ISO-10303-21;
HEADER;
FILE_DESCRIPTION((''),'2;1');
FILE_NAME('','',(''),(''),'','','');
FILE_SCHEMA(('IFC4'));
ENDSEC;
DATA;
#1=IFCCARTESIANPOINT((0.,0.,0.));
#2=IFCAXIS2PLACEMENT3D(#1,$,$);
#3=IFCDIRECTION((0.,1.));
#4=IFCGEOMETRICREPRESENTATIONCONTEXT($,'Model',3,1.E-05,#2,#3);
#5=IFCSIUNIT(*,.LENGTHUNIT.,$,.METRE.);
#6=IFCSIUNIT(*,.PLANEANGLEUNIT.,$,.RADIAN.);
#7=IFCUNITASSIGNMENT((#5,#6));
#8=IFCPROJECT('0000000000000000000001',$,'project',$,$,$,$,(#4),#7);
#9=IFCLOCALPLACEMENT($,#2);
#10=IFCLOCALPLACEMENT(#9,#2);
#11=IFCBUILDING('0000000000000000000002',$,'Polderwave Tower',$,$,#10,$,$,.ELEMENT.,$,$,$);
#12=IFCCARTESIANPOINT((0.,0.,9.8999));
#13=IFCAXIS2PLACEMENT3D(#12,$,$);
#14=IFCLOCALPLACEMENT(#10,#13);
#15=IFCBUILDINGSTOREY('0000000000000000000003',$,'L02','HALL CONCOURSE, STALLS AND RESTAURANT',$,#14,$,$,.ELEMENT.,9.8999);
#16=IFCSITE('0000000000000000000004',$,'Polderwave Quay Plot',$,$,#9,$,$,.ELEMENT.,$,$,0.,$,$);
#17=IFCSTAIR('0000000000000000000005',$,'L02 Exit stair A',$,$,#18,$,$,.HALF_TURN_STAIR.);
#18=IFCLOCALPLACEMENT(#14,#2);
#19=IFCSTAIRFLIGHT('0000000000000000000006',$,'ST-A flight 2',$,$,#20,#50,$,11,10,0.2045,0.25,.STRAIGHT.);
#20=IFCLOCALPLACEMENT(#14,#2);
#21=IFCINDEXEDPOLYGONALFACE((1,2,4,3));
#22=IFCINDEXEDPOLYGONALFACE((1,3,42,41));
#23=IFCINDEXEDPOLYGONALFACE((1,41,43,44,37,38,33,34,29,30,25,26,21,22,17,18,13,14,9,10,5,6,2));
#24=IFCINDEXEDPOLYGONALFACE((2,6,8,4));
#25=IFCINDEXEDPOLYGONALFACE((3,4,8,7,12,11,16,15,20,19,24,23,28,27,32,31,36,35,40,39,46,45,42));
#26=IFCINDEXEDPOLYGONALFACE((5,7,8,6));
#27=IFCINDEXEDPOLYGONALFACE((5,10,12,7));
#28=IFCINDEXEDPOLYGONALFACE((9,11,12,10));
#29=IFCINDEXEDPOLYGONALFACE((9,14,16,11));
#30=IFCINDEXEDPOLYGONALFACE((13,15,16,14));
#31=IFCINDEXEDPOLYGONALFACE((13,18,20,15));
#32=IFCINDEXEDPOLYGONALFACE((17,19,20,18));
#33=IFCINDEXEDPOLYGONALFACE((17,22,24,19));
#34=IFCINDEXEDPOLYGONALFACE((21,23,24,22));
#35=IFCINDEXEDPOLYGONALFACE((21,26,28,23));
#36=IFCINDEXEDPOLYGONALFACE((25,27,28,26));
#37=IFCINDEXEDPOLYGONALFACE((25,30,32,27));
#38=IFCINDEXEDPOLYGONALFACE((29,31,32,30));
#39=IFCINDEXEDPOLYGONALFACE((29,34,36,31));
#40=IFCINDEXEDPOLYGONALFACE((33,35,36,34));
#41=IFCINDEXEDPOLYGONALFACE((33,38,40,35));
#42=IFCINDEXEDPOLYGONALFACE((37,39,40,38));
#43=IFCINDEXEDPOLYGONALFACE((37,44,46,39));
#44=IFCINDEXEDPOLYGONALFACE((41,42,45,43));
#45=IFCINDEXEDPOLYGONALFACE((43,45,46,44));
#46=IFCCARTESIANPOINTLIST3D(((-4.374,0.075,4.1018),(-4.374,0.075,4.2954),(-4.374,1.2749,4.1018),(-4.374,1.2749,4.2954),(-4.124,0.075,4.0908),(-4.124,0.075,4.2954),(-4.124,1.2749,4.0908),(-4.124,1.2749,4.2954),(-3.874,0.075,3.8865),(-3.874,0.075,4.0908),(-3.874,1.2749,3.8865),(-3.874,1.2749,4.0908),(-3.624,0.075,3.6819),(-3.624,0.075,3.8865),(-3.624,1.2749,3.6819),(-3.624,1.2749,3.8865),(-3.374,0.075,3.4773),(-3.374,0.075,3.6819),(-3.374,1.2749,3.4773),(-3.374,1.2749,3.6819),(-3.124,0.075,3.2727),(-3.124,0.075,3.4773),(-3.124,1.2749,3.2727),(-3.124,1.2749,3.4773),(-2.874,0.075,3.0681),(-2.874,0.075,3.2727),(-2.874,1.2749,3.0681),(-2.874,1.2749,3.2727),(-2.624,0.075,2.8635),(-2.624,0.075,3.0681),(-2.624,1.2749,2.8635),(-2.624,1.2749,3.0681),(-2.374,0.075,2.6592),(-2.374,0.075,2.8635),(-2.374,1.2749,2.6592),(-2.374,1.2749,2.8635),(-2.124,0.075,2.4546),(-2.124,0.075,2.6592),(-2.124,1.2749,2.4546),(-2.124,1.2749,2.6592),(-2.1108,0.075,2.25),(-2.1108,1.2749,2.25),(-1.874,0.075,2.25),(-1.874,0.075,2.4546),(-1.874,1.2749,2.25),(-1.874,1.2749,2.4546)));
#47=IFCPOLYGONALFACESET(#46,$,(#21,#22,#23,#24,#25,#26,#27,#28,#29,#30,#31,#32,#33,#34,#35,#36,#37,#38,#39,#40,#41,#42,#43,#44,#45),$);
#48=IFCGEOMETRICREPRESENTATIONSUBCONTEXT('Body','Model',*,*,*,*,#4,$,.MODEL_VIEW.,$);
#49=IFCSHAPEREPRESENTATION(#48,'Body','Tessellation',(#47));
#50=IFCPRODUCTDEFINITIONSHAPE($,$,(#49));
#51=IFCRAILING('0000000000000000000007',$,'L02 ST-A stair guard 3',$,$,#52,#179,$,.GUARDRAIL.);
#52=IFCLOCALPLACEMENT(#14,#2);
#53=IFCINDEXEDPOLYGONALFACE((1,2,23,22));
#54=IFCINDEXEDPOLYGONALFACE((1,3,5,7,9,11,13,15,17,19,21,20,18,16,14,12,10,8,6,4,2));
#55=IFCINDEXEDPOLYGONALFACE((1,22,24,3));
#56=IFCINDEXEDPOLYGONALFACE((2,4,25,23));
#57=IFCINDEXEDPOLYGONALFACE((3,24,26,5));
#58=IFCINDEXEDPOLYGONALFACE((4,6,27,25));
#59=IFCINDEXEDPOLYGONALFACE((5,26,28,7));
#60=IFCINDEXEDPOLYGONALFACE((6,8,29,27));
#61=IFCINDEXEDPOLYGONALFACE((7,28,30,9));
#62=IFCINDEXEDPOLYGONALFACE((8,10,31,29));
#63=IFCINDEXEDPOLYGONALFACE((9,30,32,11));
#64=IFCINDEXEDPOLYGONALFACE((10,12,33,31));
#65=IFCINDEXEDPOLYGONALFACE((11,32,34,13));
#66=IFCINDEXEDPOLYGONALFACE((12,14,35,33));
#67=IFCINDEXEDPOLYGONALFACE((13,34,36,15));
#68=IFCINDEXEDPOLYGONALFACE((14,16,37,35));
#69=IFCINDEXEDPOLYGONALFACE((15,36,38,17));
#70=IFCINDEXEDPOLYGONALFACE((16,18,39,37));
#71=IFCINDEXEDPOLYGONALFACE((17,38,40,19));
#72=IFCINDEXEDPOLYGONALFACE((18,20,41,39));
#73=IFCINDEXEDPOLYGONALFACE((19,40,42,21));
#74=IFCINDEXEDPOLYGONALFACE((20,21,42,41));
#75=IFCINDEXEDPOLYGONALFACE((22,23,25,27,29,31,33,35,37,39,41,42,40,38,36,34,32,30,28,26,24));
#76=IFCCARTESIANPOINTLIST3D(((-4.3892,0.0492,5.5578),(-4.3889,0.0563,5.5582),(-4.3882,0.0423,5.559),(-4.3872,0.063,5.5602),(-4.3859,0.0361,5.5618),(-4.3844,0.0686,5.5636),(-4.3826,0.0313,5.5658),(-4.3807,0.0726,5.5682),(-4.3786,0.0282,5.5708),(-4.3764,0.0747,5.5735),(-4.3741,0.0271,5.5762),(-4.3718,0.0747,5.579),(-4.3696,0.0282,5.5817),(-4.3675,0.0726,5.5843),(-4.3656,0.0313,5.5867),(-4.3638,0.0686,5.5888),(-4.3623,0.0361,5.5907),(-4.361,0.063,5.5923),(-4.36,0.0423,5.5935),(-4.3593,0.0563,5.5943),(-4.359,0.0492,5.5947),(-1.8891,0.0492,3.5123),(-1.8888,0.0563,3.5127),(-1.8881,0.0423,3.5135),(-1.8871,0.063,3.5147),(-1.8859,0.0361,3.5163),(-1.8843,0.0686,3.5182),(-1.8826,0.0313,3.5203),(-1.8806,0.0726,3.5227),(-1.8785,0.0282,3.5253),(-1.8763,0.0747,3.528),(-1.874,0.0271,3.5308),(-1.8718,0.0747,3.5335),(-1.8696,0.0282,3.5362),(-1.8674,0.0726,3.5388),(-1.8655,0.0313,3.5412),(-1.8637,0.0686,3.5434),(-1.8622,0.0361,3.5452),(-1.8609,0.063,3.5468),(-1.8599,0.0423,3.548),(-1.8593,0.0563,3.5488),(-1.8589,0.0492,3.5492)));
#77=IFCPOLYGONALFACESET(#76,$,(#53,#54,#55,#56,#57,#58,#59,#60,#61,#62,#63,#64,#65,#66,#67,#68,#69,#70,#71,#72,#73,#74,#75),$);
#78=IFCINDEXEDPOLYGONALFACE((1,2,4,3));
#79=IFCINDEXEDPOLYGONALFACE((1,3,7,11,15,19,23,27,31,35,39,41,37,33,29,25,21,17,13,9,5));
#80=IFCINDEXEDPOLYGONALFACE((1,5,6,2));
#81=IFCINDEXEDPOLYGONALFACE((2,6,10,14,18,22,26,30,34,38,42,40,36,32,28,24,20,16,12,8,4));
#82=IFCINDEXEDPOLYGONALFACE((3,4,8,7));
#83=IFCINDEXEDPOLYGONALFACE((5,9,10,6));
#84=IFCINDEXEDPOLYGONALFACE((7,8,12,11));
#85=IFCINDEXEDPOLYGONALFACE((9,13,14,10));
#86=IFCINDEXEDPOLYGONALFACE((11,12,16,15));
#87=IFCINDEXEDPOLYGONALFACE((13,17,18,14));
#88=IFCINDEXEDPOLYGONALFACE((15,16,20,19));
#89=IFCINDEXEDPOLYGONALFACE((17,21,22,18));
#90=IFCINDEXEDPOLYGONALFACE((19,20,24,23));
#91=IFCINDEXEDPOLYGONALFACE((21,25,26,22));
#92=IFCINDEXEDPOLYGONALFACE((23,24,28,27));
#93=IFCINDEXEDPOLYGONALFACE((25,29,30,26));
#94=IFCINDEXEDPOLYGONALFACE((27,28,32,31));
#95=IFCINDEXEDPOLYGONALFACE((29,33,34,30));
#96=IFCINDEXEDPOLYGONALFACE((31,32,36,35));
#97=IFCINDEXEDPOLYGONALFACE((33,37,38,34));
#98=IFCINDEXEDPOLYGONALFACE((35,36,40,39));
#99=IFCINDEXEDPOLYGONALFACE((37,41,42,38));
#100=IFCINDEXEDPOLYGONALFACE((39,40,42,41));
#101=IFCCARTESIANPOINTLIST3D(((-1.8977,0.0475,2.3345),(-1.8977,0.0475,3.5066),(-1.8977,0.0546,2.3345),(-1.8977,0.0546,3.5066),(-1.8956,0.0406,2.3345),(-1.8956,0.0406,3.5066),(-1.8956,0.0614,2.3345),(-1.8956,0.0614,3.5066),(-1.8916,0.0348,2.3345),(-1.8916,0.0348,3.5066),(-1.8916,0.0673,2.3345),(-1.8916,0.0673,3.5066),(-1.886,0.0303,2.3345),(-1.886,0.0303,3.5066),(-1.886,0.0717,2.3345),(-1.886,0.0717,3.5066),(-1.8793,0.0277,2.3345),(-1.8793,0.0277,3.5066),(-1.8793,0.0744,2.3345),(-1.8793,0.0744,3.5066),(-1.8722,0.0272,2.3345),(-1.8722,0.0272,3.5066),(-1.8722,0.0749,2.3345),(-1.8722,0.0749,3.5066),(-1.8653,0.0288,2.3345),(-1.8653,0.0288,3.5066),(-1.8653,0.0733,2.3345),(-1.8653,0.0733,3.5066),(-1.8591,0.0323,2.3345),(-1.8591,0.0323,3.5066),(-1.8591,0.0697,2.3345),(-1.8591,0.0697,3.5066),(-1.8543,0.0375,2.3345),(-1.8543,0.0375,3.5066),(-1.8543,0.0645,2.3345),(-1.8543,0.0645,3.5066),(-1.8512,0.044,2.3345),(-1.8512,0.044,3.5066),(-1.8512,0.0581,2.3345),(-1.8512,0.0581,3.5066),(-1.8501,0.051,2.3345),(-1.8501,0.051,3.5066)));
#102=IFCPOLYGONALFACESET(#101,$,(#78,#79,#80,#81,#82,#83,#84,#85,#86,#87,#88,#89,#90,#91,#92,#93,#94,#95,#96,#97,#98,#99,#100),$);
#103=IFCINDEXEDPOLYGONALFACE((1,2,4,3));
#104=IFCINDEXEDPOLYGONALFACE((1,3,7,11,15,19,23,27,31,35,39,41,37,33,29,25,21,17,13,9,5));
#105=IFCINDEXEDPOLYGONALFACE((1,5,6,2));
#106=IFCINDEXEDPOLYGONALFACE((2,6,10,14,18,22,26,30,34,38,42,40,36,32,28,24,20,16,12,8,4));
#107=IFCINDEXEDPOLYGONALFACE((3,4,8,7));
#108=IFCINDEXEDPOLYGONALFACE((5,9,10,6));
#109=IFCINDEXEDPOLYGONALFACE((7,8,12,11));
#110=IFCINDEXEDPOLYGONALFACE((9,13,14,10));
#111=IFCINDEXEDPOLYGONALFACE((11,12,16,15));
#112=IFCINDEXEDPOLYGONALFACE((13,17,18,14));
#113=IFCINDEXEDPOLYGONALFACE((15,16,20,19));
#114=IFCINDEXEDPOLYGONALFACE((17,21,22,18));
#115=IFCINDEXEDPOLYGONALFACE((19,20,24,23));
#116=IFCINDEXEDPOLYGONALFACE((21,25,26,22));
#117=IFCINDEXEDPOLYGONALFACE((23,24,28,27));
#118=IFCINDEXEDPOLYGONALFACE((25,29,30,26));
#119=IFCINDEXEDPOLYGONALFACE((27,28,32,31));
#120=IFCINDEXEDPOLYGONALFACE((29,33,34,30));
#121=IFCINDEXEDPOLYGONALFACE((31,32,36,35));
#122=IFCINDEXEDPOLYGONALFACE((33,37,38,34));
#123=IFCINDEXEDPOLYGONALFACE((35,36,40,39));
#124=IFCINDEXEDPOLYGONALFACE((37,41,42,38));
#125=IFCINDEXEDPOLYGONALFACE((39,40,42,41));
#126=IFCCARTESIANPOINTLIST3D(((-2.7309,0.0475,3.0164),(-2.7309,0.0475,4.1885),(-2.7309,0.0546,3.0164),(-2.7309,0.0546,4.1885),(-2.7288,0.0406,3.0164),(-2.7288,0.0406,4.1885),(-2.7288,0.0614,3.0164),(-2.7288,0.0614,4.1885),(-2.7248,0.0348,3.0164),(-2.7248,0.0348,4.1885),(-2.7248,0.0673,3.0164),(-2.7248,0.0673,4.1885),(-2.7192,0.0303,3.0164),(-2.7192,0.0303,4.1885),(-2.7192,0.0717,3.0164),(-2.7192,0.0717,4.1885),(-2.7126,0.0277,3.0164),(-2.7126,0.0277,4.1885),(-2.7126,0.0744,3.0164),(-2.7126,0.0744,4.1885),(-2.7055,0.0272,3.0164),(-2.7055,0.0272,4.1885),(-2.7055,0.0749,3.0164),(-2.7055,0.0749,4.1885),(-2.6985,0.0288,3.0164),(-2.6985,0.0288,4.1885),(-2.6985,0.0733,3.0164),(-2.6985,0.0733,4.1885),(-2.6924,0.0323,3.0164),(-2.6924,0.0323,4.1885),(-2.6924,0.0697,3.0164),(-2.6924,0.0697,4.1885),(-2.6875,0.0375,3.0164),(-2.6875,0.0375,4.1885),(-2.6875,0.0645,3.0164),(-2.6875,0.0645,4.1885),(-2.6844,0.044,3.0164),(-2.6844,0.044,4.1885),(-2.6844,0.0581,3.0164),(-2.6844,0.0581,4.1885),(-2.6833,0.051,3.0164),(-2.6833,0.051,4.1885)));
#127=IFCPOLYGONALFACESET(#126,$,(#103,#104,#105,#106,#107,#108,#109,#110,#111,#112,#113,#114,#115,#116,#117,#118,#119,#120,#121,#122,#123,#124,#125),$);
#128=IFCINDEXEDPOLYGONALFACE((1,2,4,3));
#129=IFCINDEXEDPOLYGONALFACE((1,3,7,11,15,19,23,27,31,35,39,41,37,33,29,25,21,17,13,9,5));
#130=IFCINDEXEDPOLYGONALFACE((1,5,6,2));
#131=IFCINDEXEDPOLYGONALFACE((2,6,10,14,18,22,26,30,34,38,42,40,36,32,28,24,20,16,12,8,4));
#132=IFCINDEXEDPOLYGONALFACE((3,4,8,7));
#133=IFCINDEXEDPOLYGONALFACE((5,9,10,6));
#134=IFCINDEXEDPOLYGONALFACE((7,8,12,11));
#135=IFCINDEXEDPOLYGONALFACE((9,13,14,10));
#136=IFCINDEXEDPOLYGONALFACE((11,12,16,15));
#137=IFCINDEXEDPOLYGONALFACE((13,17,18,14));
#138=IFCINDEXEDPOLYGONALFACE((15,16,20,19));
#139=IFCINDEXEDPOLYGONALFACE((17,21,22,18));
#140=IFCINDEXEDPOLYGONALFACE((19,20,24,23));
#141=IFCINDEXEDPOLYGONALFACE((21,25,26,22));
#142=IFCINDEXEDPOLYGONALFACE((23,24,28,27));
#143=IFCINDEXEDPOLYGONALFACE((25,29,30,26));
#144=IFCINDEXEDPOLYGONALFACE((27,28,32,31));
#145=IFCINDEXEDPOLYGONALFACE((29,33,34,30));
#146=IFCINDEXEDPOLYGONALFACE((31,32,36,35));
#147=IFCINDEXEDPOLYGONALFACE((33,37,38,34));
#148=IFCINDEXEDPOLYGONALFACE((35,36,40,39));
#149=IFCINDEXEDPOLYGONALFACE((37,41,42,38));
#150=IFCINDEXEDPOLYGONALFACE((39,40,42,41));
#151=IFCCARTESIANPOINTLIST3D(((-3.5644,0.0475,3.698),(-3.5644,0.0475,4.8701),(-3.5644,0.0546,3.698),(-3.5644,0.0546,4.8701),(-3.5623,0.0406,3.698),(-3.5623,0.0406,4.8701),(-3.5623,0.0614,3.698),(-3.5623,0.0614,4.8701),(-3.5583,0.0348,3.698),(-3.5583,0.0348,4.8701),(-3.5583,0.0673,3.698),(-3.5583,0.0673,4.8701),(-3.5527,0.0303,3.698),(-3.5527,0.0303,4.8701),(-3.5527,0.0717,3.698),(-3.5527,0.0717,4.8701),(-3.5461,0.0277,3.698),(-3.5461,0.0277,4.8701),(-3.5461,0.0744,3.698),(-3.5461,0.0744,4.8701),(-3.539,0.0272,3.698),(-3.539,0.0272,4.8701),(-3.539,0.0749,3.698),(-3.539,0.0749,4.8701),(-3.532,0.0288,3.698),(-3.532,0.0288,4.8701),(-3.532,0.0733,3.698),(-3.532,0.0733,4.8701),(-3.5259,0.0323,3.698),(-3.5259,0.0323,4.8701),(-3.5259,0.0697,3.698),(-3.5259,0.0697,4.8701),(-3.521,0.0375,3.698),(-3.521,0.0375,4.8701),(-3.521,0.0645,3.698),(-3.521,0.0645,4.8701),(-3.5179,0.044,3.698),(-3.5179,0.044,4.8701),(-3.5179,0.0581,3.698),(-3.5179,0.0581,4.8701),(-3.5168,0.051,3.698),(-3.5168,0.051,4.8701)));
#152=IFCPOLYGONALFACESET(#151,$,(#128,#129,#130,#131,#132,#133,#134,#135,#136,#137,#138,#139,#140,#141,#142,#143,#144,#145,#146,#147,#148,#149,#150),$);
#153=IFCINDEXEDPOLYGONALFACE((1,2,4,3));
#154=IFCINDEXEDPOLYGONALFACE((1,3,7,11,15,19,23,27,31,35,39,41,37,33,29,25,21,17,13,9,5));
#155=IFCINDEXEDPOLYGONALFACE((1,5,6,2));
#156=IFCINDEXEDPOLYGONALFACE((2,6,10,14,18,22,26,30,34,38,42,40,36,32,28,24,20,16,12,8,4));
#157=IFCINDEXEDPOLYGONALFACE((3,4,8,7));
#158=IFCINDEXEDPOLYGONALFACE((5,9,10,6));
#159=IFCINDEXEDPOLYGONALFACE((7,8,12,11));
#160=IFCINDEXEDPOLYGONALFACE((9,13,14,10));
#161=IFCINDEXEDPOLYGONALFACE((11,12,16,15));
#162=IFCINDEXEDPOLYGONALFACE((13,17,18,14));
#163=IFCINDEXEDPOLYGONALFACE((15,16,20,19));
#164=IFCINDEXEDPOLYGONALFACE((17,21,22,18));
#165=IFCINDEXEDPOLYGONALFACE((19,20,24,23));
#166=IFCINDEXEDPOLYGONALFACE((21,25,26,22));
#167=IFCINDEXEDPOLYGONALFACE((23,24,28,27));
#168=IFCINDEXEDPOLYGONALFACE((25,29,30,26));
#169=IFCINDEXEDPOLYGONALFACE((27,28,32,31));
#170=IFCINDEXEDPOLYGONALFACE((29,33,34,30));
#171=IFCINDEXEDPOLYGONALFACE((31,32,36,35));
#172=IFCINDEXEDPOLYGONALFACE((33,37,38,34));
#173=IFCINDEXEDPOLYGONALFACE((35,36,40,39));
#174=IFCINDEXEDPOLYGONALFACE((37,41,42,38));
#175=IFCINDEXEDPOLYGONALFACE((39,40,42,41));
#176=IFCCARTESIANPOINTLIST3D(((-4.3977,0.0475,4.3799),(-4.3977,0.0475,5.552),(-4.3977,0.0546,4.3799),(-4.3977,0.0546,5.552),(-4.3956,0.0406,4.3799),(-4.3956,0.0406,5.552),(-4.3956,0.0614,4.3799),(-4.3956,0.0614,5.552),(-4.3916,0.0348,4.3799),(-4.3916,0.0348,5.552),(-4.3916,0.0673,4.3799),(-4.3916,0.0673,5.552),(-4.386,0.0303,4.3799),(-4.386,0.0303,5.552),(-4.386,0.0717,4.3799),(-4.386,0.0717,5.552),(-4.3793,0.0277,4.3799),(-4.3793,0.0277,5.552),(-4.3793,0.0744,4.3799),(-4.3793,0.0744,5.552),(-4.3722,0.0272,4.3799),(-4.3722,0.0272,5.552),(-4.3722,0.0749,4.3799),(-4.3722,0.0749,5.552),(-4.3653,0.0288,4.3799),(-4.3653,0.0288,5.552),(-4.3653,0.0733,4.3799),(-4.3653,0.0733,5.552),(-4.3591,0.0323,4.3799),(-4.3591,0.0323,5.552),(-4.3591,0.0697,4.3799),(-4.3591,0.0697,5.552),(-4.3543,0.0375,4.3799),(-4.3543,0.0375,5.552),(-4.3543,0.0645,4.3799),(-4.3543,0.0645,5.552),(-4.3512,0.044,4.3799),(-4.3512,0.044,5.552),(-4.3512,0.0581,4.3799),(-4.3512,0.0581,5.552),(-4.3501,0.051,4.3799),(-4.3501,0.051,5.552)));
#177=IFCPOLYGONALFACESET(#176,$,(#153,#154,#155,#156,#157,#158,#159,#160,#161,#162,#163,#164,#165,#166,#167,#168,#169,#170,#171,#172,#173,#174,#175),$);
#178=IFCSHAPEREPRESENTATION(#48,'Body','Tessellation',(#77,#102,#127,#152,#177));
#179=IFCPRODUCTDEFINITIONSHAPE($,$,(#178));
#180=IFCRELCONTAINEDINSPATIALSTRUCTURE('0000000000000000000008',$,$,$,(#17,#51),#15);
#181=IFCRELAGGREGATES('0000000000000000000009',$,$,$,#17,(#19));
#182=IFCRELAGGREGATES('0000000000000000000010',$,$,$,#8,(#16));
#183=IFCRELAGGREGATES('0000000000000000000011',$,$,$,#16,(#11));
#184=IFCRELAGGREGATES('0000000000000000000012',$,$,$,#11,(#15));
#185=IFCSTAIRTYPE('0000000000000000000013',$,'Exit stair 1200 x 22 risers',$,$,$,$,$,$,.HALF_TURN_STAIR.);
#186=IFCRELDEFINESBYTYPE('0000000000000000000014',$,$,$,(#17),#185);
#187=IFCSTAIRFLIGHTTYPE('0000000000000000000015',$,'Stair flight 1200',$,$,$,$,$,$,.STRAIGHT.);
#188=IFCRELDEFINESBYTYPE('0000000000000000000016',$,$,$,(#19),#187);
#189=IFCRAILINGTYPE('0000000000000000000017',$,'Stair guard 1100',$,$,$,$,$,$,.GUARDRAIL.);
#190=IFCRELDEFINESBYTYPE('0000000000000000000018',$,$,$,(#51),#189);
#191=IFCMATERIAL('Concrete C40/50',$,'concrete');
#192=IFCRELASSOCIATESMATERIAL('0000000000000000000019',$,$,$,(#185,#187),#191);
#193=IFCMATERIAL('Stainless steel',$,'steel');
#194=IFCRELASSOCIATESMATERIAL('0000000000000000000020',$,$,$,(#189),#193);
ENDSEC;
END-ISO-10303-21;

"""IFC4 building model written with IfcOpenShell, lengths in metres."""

from ifc_helpers import new_model, si_unit, direction, frame, origin, origin_2d, place, context, subcontext, project, spatial, polyline, circle, outline, extrude, material, type_object, element, aggregate, save


model = new_model("IFC4")

# Units and contexts
model_context = context("Model", 3, precision=1e-05, world=origin(), true_north=direction((0.0, 1.0)))
body_context = subcontext(model_context, "Body", "Model", "MODEL_VIEW")
ifc_project = project(units=[si_unit("LENGTHUNIT", "METRE"), si_unit("PLANEANGLEUNIT", "RADIAN")], contexts=[model_context])

# Site, building, storey
site_placement = place(None, origin())
site = spatial("IfcSite", under=ifc_project, at=site_placement, Name="Polderwave Quay Plot", CompositionType="ELEMENT", RefElevation=0.0)
building_placement = place(site_placement, origin())
building = spatial("IfcBuilding", under=site, at=building_placement, Name="Polderwave Tower", CompositionType="ELEMENT")
storey_placement = place(building_placement, frame((0.0, 0.0, 9.8999)))
storey = spatial("IfcBuildingStorey", under=building, at=storey_placement, Name="L02", Description="HALL CONCOURSE, STALLS AND RESTAURANT", CompositionType="ELEMENT", Elevation=9.8999)

# Shared definitions
ifc_material_1 = material(Name="Concrete C40/50", Category="concrete")

# Stair, stair flight
stair_type = type_object("IfcStairType", Name="Exit stair 1200 x 22 risers", PredefinedType="HALF_TURN_STAIR", material=ifc_material_1)
stair_placement = place(storey_placement, origin())
stair = element("IfcStair", 1, at=stair_placement, inside=storey, type_object=stair_type, Name="L02 Exit stair A", PredefinedType="HALF_TURN_STAIR")
stair_flight_type = type_object("IfcStairFlightType", Name="Stair flight 1200", PredefinedType="STRAIGHT", material=ifc_material_1)
stair_flight_placement = place(storey_placement, frame((-1.874, 0.675, 2.25), z_axis=(0.0, 0.0, 1.0), x_axis=(-1.0, 0.0, 0.0)))
stair_flight = element("IfcStairFlight", 2, at=stair_flight_placement, type_object=stair_flight_type, Name="ST-A flight 2", NumberOfRisers=11, NumberOfTreads=10, PredefinedType="STRAIGHT", RiserHeight=0.2045, TreadLength=0.25, context=body_context, shape_type="SweptSolid", body=[
    extrude(outline(polyline([(0.0, 0.0), (0.0, 0.2046), (0.25, 0.2046), (0.25, 0.4092), (0.5, 0.4092), (0.5, 0.6135), (0.75, 0.6135), (0.75, 0.8181), (1.0, 0.8181), (1.0, 1.0227), (1.25, 1.0227), (1.25, 1.2273), (1.5, 1.2273), (1.5, 1.4319), (1.75, 1.4319), (1.75, 1.6365), (2.0, 1.6365), (2.0, 1.8408), (2.25, 1.8408), (2.25, 2.0454), (2.5, 2.0454), (2.5, 2.25), (2.5, 1.8518), (0.2368, 0.0), (0.0, 0.0)])), frame((0.0, 0.6001, 0.0), z_axis=(0.0, -1.0, 0.0), x_axis=(1.0, 0.0, 0.0)), (0.0, 0.0, 1.0), 1.2),
])
aggregate(stair, [stair_flight])

# Railing
ifc_material_2 = material(Name="Stainless steel", Category="steel")
railing_type_1 = type_object("IfcRailingType", Name="Stair guard 1100", PredefinedType="GUARDRAIL", material=ifc_material_2)
railing_1_placement = place(storey_placement, frame((-1.874, 0.051, 2.3345)))
element("IfcRailing", 3, at=railing_1_placement, inside=storey, type_object=railing_type_1, Name="L02 ST-A stair guard 3", PredefinedType="GUARDRAIL", context=body_context, shape_type="SweptSolid", body=[
    extrude(circle(Radius=0.0239, at=origin_2d()), frame((0.0, 0.0, 1.1963), z_axis=(-0.773964, 0.0, 0.63323), x_axis=(0.0, -1.0, 0.0)), (0.0, 0.0, 1.0), 3.2302),
    extrude(circle(Radius=0.0239, at=origin_2d()), origin(), (0.0, 0.0, 1.0), 1.1721),
    extrude(circle(Radius=0.0239, at=origin_2d()), frame((-0.8333, 0.0, 0.6819)), (0.0, 0.0, 1.0), 1.1721),
    extrude(circle(Radius=0.0239, at=origin_2d()), frame((-1.6667, 0.0, 1.3635)), (0.0, 0.0, 1.0), 1.1721),
    extrude(circle(Radius=0.0239, at=origin_2d()), frame((-2.5, 0.0, 2.0454)), (0.0, 0.0, 1.0), 1.1721),
])

save(model, "model.ifc")
